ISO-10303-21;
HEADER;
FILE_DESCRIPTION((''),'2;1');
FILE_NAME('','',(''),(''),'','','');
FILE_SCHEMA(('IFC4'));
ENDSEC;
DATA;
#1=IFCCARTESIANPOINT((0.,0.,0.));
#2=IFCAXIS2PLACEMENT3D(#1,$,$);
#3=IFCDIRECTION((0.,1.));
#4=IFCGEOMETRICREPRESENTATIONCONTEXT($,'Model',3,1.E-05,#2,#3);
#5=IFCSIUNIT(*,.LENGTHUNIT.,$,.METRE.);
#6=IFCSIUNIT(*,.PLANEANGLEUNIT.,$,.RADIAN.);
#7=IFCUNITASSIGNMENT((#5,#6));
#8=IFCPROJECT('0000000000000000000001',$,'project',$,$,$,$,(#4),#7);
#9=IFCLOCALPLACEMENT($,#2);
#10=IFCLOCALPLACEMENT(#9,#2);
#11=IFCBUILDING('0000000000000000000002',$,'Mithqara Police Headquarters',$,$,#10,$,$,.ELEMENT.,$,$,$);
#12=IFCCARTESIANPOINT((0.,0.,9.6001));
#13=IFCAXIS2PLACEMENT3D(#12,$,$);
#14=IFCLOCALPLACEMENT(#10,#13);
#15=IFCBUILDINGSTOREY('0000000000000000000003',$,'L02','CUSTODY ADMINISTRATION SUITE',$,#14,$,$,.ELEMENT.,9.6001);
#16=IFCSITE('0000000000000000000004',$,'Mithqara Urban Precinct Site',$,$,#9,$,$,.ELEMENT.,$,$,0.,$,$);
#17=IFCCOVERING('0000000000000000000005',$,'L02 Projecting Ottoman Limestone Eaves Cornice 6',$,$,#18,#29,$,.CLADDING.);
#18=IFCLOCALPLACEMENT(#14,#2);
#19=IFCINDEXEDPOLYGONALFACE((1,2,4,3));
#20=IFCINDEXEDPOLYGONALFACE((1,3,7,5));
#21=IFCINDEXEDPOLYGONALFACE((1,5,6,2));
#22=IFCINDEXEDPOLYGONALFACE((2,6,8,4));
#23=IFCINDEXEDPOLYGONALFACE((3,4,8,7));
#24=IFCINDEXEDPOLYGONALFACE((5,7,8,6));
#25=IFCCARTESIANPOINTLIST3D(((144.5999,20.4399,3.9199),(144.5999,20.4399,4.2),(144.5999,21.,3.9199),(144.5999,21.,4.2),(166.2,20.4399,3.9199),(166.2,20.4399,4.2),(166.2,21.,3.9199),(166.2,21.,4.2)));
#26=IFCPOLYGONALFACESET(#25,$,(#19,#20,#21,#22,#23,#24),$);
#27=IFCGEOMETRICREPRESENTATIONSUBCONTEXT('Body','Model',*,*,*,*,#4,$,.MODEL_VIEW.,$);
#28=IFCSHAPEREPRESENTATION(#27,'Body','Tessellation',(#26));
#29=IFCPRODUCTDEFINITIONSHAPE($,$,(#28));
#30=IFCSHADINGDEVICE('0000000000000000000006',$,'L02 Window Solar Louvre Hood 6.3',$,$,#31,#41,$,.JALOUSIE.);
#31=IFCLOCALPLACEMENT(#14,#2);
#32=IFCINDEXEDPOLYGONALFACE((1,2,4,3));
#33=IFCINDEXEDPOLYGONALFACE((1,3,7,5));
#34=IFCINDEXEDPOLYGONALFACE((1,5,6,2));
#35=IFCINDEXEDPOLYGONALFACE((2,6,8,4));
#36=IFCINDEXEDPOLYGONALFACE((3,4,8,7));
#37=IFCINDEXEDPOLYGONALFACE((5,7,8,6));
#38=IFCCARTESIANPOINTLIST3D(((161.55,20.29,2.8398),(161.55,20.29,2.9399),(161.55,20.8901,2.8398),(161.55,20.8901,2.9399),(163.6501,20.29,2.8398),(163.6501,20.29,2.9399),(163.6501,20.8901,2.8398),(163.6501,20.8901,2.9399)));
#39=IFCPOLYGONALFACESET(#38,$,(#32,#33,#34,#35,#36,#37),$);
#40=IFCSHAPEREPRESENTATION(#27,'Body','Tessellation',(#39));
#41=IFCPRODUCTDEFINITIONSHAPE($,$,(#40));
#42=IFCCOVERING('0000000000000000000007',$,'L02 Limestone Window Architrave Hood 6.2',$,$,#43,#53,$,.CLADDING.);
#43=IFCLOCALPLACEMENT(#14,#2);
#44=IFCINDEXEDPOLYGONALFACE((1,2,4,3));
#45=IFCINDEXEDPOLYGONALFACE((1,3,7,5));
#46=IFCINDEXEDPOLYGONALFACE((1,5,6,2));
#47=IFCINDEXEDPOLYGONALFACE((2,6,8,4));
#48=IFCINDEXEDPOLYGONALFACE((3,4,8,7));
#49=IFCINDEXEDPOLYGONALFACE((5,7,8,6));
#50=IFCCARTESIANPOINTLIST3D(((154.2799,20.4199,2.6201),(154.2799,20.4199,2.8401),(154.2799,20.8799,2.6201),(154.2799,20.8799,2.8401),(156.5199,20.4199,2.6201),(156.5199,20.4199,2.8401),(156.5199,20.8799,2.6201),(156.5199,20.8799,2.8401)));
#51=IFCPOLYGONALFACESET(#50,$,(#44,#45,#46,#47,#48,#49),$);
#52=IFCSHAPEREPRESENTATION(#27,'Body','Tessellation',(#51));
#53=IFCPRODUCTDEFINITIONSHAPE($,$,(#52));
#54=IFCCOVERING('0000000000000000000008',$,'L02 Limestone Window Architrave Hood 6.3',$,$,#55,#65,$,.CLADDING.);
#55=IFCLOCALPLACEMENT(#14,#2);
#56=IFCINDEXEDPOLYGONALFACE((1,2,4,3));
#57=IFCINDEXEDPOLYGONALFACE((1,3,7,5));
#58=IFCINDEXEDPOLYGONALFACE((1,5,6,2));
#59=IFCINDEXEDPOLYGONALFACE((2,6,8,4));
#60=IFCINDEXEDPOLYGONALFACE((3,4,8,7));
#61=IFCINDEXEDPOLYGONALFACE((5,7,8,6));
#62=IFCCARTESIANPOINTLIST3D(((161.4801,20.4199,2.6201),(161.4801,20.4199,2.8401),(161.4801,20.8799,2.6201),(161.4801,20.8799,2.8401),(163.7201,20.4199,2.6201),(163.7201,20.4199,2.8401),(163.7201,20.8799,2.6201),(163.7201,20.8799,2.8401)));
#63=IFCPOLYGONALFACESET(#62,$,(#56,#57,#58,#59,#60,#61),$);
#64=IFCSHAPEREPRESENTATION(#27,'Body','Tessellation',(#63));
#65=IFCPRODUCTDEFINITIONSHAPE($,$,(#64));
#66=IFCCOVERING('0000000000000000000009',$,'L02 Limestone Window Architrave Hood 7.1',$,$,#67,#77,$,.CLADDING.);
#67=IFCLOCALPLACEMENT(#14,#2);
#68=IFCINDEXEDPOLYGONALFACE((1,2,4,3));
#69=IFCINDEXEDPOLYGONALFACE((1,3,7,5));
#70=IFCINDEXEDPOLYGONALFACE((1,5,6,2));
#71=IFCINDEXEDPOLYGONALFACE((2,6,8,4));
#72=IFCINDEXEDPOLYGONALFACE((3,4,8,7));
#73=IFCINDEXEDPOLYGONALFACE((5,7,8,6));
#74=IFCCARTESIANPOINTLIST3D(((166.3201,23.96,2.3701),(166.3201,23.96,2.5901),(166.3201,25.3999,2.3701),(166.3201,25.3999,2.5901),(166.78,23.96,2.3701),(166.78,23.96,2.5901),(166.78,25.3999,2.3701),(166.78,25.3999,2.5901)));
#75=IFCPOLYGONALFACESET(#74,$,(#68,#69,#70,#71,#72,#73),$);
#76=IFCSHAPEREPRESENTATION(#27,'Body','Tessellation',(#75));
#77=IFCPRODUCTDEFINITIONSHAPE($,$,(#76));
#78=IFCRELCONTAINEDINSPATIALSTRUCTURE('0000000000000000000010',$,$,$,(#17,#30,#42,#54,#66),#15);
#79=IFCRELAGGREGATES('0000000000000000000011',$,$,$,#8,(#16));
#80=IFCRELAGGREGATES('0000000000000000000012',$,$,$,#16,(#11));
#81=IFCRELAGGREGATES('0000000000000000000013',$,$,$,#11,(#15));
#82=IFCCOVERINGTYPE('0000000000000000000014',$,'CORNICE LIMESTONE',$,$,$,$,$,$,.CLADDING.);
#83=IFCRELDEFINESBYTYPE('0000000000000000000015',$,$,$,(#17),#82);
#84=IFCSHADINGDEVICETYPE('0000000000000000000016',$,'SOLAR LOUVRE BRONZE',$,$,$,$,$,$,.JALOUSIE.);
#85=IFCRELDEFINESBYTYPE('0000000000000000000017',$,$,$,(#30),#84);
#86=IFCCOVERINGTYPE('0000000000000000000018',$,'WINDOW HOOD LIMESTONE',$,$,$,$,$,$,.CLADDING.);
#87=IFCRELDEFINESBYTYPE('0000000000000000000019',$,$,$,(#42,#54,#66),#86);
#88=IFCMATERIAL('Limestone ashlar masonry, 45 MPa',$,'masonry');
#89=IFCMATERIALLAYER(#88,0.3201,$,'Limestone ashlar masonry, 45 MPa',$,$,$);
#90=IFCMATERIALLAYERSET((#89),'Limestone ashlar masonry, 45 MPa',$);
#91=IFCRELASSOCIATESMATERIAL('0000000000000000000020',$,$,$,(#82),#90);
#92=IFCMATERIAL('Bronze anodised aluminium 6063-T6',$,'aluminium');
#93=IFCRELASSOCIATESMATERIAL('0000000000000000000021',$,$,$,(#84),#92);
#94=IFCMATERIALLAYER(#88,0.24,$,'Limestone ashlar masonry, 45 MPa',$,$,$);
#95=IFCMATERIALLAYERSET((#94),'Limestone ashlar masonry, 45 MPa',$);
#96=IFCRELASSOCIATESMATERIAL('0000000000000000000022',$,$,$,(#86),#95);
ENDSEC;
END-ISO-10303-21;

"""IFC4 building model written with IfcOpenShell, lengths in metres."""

from ifc_helpers import new_model, si_unit, direction, frame, origin, origin_2d, place, context, subcontext, project, spatial, rectangle, extrude, material, layer, layer_set, type_object, element, save


model = new_model("IFC4")

# Units and contexts
model_context = context("Model", 3, precision=1e-05, world=origin(), true_north=direction((0.0, 1.0)))
body_context = subcontext(model_context, "Body", "Model", "MODEL_VIEW")
ifc_project = project(units=[si_unit("LENGTHUNIT", "METRE"), si_unit("PLANEANGLEUNIT", "RADIAN")], contexts=[model_context])

# Site, building, storey
site_placement = place(None, origin())
site = spatial("IfcSite", under=ifc_project, at=site_placement, Name="Mithqara Urban Precinct Site", CompositionType="ELEMENT", RefElevation=0.0)
building_placement = place(site_placement, origin())
building = spatial("IfcBuilding", under=site, at=building_placement, Name="Mithqara Police Headquarters", CompositionType="ELEMENT")
storey_placement = place(building_placement, frame((0.0, 0.0, 9.6001)))
storey = spatial("IfcBuildingStorey", under=building, at=storey_placement, Name="L02", Description="CUSTODY ADMINISTRATION SUITE", CompositionType="ELEMENT", Elevation=9.6001)

# Shared definitions
ifc_material_1 = material(Name="Limestone ashlar masonry, 45 MPa", Category="masonry")

# Covering
ifc_layer_1 = layer(ifc_material_1, 0.3201, Name="Limestone ashlar masonry, 45 MPa")
ifc_layer_set_1 = layer_set([ifc_layer_1], Name="Limestone ashlar masonry, 45 MPa")
covering_type_1 = type_object("IfcCoveringType", Name="CORNICE LIMESTONE", PredefinedType="CLADDING", material=ifc_layer_set_1)
covering_1_placement = place(storey_placement, frame((155.3999, 20.72, 3.9199), z_axis=(0.0, 0.0, 1.0), x_axis=(1.0, 0.0, 0.0)))
element("IfcCovering", 1, at=covering_1_placement, inside=storey, type_object=covering_type_1, Name="L02 Projecting Ottoman Limestone Eaves Cornice 6", PredefinedType="CLADDING", context=body_context, shape_type="SweptSolid", body=[
    extrude(rectangle(XDim=21.6001, YDim=0.5601, at=origin_2d()), origin(), (0.0, 0.0, 1.0), 0.28),
])

# Shading device
ifc_material_2 = material(Name="Bronze anodised aluminium 6063-T6", Category="aluminium")
shading_device_type = type_object("IfcShadingDeviceType", Name="SOLAR LOUVRE BRONZE", PredefinedType="JALOUSIE", material=ifc_material_2)
shading_device_placement = place(storey_placement, frame((162.6001, 20.5901, 2.8398), z_axis=(0.0, 0.0, 1.0), x_axis=(1.0, 0.0, 0.0)))
element("IfcShadingDevice", 2, at=shading_device_placement, inside=storey, type_object=shading_device_type, Name="L02 Window Solar Louvre Hood 6.3", PredefinedType="JALOUSIE", context=body_context, shape_type="SweptSolid", body=[
    extrude(rectangle(XDim=2.1001, YDim=0.6001, at=origin_2d()), origin(), (0.0, 0.0, 1.0), 0.1001),
])

# Coverings
ifc_layer_2 = layer(ifc_material_1, 0.24, Name="Limestone ashlar masonry, 45 MPa")
ifc_layer_set_2 = layer_set([ifc_layer_2], Name="Limestone ashlar masonry, 45 MPa")
covering_type_2 = type_object("IfcCoveringType", Name="WINDOW HOOD LIMESTONE", PredefinedType="CLADDING", material=ifc_layer_set_2)
for number, where, z_axis, x_axis, name in (
    (3, (155.3999, 20.6499, 2.6201), (0.0, 0.0, 1.0), (1.0, 0.0, 0.0), "L02 Limestone Window Architrave Hood 6.2"),
    (4, (162.6001, 20.6499, 2.6201), (0.0, 0.0, 1.0), (1.0, 0.0, 0.0), "L02 Limestone Window Architrave Hood 6.3"),
):
    element("IfcCovering", number, at=place(storey_placement, frame(where, z_axis=z_axis, x_axis=x_axis)), inside=storey, type_object=covering_type_2, Name=name, PredefinedType="CLADDING", context=body_context, shape_type="SweptSolid", body=[
        extrude(rectangle(XDim=2.24, YDim=0.46, at=origin_2d()), origin(), (0.0, 0.0, 1.0), 0.22),
    ])
covering_2_placement = place(storey_placement, frame((166.55, 24.6799, 2.3701), z_axis=(0.0, 0.0, 1.0), x_axis=(0.0, 1.0, 0.0)))
element("IfcCovering", 5, at=covering_2_placement, inside=storey, type_object=covering_type_2, Name="L02 Limestone Window Architrave Hood 7.1", PredefinedType="CLADDING", context=body_context, shape_type="SweptSolid", body=[
    extrude(rectangle(XDim=1.4399, YDim=0.46, at=origin_2d()), origin(), (0.0, 0.0, 1.0), 0.22),
])

save(model, "model.ifc")
